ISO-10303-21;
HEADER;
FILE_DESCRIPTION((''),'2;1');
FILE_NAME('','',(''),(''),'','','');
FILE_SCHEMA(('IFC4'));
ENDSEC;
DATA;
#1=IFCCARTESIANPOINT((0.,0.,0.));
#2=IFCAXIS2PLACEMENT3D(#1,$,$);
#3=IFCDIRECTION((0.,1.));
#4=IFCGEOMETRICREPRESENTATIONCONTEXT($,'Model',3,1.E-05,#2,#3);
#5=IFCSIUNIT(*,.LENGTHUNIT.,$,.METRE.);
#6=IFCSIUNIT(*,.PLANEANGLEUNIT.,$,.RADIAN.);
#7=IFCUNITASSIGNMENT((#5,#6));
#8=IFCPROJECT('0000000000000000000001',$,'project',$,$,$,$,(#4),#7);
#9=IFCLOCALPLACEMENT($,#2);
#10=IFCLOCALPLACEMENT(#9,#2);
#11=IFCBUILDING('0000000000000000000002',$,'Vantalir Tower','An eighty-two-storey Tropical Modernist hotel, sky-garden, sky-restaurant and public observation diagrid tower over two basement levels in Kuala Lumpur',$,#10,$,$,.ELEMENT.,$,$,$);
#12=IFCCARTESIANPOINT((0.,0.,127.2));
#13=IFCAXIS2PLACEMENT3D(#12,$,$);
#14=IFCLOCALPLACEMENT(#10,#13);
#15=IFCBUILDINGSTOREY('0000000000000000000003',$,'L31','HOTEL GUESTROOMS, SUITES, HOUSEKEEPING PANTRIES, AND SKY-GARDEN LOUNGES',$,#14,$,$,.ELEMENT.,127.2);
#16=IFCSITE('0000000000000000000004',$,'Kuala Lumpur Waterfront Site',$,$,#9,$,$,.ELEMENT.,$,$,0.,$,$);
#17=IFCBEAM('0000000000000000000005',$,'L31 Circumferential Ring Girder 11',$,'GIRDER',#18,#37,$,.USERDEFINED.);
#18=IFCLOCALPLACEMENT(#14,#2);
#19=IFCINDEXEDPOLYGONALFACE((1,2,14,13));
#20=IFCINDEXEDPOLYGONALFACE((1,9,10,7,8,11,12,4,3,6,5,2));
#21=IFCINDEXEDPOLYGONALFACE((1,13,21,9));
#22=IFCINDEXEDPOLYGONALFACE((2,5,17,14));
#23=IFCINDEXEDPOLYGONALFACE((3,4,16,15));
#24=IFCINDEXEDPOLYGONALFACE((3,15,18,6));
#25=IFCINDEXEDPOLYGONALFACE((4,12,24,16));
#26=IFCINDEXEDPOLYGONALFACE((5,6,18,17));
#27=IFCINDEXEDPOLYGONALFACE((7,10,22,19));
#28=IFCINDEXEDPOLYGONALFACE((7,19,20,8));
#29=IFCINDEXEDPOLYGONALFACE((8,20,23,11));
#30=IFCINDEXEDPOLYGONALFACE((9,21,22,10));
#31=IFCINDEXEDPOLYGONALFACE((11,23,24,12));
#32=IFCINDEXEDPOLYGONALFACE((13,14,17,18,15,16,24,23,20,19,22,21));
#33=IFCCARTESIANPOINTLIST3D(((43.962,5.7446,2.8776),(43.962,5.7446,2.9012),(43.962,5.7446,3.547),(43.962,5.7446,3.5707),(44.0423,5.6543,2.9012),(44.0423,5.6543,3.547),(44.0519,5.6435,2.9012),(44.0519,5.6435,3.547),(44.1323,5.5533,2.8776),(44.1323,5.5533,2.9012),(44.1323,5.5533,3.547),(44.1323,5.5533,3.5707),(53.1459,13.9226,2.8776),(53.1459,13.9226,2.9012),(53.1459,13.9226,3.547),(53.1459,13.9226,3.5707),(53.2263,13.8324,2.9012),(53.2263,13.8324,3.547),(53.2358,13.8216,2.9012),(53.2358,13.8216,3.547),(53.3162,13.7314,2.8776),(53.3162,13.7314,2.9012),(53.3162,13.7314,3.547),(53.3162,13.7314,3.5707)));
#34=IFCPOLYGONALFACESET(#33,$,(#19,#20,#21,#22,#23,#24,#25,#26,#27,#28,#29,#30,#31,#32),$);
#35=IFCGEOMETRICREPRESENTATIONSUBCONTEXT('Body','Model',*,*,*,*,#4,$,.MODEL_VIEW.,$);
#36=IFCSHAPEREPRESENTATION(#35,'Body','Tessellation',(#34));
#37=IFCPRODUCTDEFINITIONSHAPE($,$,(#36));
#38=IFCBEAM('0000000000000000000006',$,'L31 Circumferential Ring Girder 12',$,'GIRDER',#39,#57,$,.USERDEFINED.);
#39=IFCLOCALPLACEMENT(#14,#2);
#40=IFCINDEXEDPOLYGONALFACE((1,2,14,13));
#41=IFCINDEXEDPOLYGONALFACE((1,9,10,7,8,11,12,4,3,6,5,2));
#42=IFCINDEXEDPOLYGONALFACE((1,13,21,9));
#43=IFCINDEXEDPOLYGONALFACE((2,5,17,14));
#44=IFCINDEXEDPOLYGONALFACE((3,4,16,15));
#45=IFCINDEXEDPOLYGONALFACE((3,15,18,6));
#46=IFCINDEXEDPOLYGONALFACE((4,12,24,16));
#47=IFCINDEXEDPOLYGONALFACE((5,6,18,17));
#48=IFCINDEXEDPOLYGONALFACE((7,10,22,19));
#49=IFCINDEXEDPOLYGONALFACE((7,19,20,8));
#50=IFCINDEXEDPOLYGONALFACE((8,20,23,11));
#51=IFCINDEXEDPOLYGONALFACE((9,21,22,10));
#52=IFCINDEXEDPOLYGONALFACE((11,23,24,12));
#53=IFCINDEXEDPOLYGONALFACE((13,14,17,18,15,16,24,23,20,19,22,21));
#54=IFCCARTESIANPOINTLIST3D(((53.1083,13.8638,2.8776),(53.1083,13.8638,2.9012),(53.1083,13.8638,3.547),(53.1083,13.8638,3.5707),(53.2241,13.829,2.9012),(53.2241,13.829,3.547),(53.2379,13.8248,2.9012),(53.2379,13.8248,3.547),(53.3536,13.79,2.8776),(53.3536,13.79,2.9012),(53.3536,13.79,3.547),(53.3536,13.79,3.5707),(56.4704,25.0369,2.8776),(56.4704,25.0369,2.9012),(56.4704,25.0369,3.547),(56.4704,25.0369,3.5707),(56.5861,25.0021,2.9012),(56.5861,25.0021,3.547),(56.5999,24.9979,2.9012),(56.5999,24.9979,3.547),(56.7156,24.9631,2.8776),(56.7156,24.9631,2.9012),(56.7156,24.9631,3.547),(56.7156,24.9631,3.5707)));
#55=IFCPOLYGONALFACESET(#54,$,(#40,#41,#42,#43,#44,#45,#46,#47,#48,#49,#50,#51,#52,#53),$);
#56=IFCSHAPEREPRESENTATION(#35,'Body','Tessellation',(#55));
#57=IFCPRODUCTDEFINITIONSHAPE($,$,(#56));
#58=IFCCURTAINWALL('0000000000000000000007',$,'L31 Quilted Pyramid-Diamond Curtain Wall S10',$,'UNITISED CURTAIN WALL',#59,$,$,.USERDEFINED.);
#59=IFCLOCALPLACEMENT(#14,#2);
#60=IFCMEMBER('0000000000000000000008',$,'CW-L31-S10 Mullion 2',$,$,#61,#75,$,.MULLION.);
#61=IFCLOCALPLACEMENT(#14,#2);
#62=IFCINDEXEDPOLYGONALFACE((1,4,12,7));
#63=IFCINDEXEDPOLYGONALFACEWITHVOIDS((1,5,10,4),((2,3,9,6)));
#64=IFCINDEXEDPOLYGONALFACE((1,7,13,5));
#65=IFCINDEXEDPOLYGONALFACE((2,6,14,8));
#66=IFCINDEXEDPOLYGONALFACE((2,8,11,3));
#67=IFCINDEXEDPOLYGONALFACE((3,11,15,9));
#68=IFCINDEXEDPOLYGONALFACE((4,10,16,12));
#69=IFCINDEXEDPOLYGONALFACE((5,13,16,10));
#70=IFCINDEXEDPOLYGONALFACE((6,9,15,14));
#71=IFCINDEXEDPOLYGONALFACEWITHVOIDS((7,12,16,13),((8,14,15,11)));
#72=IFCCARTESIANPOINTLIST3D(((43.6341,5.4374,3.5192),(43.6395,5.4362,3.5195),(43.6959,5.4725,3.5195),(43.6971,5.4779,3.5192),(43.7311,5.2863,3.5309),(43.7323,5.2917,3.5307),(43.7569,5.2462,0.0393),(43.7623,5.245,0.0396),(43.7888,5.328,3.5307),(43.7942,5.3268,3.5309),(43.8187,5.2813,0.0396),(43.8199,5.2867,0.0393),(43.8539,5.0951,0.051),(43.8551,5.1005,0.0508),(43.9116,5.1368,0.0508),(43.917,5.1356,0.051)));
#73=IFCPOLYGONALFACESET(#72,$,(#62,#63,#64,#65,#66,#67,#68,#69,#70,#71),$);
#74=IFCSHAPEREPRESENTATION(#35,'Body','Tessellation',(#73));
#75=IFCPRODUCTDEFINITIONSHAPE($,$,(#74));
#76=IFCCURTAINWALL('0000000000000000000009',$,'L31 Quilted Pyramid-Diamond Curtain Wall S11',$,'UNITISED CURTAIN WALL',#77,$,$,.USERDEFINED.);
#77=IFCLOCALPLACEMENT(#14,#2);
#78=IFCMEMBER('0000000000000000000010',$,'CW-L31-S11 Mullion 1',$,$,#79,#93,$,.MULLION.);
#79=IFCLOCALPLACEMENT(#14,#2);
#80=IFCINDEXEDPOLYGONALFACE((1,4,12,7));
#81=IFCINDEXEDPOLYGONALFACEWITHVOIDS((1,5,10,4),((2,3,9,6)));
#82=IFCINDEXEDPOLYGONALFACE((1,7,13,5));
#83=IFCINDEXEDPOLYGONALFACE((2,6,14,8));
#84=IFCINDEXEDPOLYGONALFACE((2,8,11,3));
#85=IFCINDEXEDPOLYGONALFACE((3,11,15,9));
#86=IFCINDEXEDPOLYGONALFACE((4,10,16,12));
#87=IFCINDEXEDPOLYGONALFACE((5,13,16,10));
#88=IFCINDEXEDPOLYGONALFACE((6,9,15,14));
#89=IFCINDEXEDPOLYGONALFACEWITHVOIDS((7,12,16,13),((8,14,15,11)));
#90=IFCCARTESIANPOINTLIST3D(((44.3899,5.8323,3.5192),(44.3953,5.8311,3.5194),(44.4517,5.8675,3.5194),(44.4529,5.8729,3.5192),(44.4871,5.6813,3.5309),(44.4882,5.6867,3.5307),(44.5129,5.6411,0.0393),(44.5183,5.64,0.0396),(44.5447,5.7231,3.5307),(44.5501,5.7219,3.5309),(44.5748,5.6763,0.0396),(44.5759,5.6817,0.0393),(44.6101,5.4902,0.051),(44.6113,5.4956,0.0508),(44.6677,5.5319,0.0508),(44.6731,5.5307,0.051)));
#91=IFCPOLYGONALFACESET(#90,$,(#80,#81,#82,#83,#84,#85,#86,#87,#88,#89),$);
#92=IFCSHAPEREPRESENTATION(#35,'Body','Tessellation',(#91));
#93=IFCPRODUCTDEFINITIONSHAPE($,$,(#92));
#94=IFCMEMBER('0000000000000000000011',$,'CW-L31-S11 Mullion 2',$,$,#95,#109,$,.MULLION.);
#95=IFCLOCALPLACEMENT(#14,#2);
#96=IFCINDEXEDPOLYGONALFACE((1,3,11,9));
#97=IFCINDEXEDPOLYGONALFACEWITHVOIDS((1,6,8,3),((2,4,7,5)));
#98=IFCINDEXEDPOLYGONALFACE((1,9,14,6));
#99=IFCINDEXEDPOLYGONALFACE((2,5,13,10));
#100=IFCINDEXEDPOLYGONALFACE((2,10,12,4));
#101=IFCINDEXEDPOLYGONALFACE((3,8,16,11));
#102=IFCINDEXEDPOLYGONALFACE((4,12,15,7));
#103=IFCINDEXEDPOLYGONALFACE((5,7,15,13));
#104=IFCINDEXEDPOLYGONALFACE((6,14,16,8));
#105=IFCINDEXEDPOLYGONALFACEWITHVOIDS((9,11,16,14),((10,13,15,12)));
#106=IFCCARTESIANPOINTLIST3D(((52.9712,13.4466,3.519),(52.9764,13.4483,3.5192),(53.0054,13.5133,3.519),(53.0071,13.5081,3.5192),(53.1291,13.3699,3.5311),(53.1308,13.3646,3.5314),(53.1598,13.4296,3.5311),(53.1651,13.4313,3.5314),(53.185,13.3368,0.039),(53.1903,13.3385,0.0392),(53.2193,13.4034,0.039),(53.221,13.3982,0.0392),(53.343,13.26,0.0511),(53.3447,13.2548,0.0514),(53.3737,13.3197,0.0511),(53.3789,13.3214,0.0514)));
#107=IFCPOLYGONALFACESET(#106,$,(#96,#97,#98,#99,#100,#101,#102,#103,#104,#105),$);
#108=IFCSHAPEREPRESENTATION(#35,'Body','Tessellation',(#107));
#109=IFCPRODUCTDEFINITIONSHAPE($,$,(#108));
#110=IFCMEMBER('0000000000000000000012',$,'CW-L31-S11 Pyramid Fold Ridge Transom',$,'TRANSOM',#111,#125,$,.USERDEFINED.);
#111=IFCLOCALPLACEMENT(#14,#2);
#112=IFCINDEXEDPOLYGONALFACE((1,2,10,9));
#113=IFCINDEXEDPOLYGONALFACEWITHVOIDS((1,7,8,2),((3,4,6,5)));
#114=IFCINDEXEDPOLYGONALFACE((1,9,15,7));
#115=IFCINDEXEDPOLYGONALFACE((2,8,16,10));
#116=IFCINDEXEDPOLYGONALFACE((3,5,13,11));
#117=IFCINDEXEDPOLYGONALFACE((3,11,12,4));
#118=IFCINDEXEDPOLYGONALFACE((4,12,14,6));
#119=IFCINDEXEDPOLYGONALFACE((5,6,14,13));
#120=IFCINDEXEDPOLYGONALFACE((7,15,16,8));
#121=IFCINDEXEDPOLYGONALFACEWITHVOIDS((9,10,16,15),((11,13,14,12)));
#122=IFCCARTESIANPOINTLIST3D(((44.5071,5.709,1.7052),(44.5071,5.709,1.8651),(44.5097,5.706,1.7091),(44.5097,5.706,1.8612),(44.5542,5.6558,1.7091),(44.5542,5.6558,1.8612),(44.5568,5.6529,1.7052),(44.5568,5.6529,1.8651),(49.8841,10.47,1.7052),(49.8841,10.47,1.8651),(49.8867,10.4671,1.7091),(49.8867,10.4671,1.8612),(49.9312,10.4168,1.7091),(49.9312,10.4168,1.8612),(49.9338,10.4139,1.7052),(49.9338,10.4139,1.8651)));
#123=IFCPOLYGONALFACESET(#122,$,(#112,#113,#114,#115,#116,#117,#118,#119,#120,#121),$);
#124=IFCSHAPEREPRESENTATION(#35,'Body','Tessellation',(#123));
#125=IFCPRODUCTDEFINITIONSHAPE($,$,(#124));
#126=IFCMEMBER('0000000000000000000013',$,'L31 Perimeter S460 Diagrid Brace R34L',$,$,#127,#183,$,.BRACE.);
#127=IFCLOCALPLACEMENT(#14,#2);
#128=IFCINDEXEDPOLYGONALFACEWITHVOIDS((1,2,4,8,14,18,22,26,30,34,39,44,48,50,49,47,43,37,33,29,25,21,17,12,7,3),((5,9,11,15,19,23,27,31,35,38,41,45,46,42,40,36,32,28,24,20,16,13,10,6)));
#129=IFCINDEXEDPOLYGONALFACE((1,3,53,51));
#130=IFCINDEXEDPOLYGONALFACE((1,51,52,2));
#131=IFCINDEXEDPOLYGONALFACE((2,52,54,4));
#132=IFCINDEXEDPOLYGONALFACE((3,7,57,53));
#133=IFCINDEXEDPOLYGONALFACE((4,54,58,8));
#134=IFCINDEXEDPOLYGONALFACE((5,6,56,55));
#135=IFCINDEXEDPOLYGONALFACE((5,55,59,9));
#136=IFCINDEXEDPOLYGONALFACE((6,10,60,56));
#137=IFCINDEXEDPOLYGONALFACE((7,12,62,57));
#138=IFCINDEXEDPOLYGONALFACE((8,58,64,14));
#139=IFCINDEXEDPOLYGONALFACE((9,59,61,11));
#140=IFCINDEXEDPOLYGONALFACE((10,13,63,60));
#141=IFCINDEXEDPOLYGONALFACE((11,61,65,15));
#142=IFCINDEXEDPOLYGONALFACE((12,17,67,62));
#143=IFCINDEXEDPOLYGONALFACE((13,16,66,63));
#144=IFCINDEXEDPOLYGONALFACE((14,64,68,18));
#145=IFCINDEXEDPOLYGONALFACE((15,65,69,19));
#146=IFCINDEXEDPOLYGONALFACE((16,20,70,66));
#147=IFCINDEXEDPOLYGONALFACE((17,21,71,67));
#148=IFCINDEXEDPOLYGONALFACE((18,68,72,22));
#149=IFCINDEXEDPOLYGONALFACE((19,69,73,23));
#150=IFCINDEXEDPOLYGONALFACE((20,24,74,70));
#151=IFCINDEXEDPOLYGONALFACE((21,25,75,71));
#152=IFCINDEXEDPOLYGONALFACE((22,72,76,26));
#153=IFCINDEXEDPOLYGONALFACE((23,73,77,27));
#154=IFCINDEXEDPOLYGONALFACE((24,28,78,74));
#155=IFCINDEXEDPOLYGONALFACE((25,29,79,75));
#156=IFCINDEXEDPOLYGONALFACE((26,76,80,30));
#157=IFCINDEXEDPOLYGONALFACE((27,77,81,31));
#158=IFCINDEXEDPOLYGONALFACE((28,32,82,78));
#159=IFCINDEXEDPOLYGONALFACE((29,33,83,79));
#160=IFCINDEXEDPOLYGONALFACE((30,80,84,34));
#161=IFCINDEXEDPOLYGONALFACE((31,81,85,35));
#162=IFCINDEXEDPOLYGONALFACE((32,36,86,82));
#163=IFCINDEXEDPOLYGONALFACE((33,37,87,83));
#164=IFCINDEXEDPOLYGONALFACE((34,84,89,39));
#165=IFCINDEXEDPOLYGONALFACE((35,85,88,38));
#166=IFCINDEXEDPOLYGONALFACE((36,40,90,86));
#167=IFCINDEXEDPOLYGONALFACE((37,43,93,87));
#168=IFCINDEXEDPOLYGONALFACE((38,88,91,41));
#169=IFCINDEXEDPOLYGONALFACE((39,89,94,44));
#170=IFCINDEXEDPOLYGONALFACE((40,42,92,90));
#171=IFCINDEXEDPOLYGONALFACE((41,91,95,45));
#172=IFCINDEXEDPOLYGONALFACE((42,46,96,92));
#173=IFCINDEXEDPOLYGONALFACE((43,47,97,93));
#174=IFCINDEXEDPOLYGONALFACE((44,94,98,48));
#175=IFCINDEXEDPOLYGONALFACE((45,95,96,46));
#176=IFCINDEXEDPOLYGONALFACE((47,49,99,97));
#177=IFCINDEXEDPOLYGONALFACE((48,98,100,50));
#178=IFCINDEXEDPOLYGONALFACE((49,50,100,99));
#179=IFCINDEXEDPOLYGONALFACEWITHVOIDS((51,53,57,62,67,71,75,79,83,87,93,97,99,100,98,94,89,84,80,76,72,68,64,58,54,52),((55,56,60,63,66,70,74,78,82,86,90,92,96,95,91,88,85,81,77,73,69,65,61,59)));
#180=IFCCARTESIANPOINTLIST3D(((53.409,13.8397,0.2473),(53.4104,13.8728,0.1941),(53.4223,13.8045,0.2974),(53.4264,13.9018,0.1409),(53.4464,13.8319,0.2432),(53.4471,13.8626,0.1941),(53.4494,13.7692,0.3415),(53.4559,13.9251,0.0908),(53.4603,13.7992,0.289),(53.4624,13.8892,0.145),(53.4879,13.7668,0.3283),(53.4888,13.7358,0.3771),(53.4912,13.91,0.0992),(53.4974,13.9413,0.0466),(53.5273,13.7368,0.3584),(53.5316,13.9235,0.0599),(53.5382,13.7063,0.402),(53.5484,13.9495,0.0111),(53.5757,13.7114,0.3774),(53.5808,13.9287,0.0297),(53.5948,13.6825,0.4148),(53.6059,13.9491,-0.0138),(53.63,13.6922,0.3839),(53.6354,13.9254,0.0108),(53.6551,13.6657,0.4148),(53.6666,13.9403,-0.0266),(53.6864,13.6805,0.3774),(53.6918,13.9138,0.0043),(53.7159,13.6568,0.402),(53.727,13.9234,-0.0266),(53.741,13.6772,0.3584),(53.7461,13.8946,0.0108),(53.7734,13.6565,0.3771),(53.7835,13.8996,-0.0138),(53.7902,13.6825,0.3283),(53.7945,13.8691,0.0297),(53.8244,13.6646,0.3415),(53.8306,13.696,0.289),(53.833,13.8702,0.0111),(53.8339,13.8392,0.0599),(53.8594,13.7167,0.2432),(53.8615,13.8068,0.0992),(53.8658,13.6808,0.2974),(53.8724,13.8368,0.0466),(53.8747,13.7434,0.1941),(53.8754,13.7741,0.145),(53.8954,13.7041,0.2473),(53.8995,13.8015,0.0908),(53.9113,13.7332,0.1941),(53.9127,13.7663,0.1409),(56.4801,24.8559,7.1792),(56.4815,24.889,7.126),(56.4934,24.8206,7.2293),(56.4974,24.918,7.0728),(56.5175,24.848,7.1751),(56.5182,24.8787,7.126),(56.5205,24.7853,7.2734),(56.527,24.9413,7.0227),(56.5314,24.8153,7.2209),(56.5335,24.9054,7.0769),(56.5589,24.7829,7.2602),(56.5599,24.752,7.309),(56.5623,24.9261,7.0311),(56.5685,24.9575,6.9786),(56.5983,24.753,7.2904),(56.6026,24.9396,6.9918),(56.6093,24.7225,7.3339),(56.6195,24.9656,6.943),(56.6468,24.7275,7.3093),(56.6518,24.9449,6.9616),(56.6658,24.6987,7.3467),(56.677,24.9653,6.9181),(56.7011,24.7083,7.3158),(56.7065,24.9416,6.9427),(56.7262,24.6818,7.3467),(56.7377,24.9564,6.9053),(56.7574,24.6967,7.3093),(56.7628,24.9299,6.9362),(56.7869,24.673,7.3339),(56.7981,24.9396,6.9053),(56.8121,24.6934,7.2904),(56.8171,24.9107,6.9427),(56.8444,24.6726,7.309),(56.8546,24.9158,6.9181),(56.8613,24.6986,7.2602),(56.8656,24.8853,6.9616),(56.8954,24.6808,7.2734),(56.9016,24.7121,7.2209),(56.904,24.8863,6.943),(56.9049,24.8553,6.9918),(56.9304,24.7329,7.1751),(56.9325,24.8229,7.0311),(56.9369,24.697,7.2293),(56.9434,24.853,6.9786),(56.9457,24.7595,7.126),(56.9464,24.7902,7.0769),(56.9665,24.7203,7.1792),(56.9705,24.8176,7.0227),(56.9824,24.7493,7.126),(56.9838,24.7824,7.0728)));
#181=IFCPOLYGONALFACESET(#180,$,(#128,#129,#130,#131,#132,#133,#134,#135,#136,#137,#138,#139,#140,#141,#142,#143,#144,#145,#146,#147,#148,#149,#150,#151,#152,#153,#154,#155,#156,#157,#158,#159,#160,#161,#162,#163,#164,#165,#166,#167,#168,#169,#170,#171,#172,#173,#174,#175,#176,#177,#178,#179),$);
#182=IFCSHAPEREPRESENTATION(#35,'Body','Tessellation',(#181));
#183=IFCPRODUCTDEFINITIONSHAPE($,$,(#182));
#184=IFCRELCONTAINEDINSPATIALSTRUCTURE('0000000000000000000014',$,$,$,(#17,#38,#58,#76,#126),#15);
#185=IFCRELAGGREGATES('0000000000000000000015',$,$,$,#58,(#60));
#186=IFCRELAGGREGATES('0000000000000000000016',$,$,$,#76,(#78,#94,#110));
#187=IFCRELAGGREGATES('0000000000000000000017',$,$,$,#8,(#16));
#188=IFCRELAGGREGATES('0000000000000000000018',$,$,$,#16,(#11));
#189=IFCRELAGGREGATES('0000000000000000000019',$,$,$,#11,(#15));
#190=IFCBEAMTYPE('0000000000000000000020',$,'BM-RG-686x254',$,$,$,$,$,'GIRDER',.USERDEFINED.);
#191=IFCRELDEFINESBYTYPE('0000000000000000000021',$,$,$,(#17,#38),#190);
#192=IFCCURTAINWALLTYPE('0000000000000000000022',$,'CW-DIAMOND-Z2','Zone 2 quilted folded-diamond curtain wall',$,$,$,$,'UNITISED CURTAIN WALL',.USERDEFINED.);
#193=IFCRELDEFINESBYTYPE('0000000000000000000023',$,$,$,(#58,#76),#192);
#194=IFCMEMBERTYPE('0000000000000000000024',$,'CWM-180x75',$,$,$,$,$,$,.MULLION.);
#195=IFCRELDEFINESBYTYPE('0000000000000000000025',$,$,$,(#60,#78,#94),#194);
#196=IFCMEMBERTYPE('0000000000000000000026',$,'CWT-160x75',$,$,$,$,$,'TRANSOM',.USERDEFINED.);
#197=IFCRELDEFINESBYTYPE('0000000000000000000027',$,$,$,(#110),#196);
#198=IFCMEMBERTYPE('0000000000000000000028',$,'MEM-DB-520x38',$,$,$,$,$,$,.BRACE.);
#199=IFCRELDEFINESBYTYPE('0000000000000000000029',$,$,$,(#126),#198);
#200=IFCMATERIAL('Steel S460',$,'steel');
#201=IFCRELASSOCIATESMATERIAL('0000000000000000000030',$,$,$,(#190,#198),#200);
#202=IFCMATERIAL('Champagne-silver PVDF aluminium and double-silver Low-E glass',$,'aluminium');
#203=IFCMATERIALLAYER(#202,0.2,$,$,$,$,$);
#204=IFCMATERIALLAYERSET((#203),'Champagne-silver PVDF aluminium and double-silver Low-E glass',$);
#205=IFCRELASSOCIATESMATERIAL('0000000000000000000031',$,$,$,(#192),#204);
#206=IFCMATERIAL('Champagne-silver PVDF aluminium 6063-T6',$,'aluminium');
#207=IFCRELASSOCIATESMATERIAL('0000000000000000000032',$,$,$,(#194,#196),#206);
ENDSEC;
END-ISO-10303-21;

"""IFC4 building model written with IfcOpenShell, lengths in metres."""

from ifc_helpers import new_model, si_unit, direction, frame, origin, origin_2d, place, context, subcontext, project, spatial, hollow_rectangle, hollow_circle, i_section, extrude, material, layer, layer_set, material_profile, profile_set, type_object, element, aggregate, save


model = new_model("IFC4")

# Units and contexts
model_context = context("Model", 3, precision=1e-05, world=origin(), true_north=direction((0.0, 1.0)))
body_context = subcontext(model_context, "Body", "Model", "MODEL_VIEW")
ifc_project = project(units=[si_unit("LENGTHUNIT", "METRE"), si_unit("PLANEANGLEUNIT", "RADIAN")], contexts=[model_context])

# Site, building, storey
site_placement = place(None, origin())
site = spatial("IfcSite", under=ifc_project, at=site_placement, Name="Kuala Lumpur Waterfront Site", CompositionType="ELEMENT", RefElevation=0.0)
building_placement = place(site_placement, origin())
building = spatial("IfcBuilding", under=site, at=building_placement, Name="Vantalir Tower", Description="An eighty-two-storey Tropical Modernist hotel, sky-garden, sky-restaurant and public observation diagrid tower over two basement levels in Kuala Lumpur", CompositionType="ELEMENT")
storey_placement = place(building_placement, frame((0.0, 0.0, 127.2)))
storey = spatial("IfcBuildingStorey", under=building, at=storey_placement, Name="L31", Description="HOTEL GUESTROOMS, SUITES, HOUSEKEEPING PANTRIES, AND SKY-GARDEN LOUNGES", CompositionType="ELEMENT", Elevation=127.2)

# Shared definitions
ifc_material_1 = material(Name="Steel S460", Category="steel")

# Beams
ifc_material_profile_1 = material_profile(ifc_material_1, i_section(OverallWidth=0.2561, OverallDepth=0.6931, WebThickness=0.0144, FlangeThickness=0.0237, at=origin_2d()), Name="Steel S460")
ifc_profile_set_1 = profile_set([ifc_material_profile_1], Name="Steel S460")
beam_type_1 = type_object("IfcBeamType", Name="BM-RG-686x254", ElementType="GIRDER", PredefinedType="USERDEFINED", material=ifc_profile_set_1)
beam_1_placement = place(storey_placement, frame((44.0471, 5.6489, 3.2241), z_axis=(0.746821, 0.665025, 0.0), x_axis=(-0.665025, 0.746821, 0.0)))
element("IfcBeam", 1, at=beam_1_placement, inside=storey, type_object=beam_type_1, Name="L31 Circumferential Ring Girder 11", ObjectType="GIRDER", PredefinedType="USERDEFINED", context=body_context, shape_type="SweptSolid", body=[
    extrude(i_section(OverallWidth=0.2561, OverallDepth=0.6931, WebThickness=0.0144, FlangeThickness=0.0237, at=origin_2d()), origin(), (0.0, 0.0, 1.0), 12.2974),
])
beam_2_placement = place(storey_placement, frame((53.231, 13.8269, 3.2241), z_axis=(0.288144, 0.957587, 0.0), x_axis=(-0.957587, 0.288144, 0.0)))
element("IfcBeam", 2, at=beam_2_placement, inside=storey, type_object=beam_type_1, Name="L31 Circumferential Ring Girder 12", ObjectType="GIRDER", PredefinedType="USERDEFINED", context=body_context, shape_type="SweptSolid", body=[
    extrude(i_section(OverallWidth=0.2561, OverallDepth=0.6931, WebThickness=0.0144, FlangeThickness=0.0237, at=origin_2d()), origin(), (0.0, 0.0, 1.0), 11.668),
])

# Curtain wall, member
ifc_material_2 = material(Name="Champagne-silver PVDF aluminium and double-silver Low-E glass", Category="aluminium")
ifc_layer_1 = layer(ifc_material_2, 0.2)
ifc_layer_set_1 = layer_set([ifc_layer_1], Name="Champagne-silver PVDF aluminium and double-silver Low-E glass")
curtain_wall_type = type_object("IfcCurtainWallType", Name="CW-DIAMOND-Z2", Description="Zone 2 quilted folded-diamond curtain wall", ElementType="UNITISED CURTAIN WALL", PredefinedType="USERDEFINED", material=ifc_layer_set_1)
curtain_wall_1_placement = place(storey_placement, origin())
curtain_wall_1 = element("IfcCurtainWall", 3, at=curtain_wall_1_placement, inside=storey, type_object=curtain_wall_type, Name="L31 Quilted Pyramid-Diamond Curtain Wall S10", ObjectType="UNITISED CURTAIN WALL", PredefinedType="USERDEFINED")
ifc_material_3 = material(Name="Champagne-silver PVDF aluminium 6063-T6", Category="aluminium")
ifc_material_profile_2 = material_profile(ifc_material_3, hollow_rectangle(XDim=0.075, YDim=0.1799, WallThickness=0.0039, at=origin_2d()), Name="Champagne-silver PVDF aluminium 6063-T6")
ifc_profile_set_2 = profile_set([ifc_material_profile_2], Name="Champagne-silver PVDF aluminium 6063-T6")
member_type_1 = type_object("IfcMemberType", Name="CWM-180x75", PredefinedType="MULLION", material=ifc_profile_set_2)
member_1_placement = place(storey_placement, frame((43.8369, 5.1909, 0.0452), z_axis=(-0.035213, 0.054815, 0.997875), x_axis=(-0.841353, -0.540486, 0.0)))
member_1 = element("IfcMember", 4, at=member_1_placement, type_object=member_type_1, Name="CW-L31-S10 Mullion 2", PredefinedType="MULLION", context=body_context, shape_type="SweptSolid", body=[
    extrude(hollow_rectangle(XDim=0.075, YDim=0.1799, WallThickness=0.0039, at=origin_2d()), origin(), (0.0, 0.0, 1.0), 3.4873),
])
aggregate(curtain_wall_1, [member_1])

# Curtain wall, members
curtain_wall_2_placement = place(storey_placement, origin())
curtain_wall_2 = element("IfcCurtainWall", 5, at=curtain_wall_2_placement, inside=storey, type_object=curtain_wall_type, Name="L31 Quilted Pyramid-Diamond Curtain Wall S11", ObjectType="UNITISED CURTAIN WALL", PredefinedType="USERDEFINED")
member_2_placement = place(storey_placement, frame((44.593, 5.5859, 0.0452), z_axis=(-0.035283, 0.054815, 0.997873), x_axis=(-0.840864, -0.541246, 0.0)))
member_2 = element("IfcMember", 6, at=member_2_placement, type_object=member_type_1, Name="CW-L31-S11 Mullion 1", PredefinedType="MULLION", context=body_context, shape_type="SweptSolid", body=[
    extrude(hollow_rectangle(XDim=0.075, YDim=0.1799, WallThickness=0.0039, at=origin_2d()), origin(), (0.0, 0.0, 1.0), 3.4873),
])
member_3_placement = place(storey_placement, frame((53.282, 13.3291, 0.0452), z_axis=(-0.06131, 0.031495, 0.997622), x_axis=(-0.456935, -0.8895, 0.0)))
member_3 = element("IfcMember", 7, at=member_3_placement, type_object=member_type_1, Name="CW-L31-S11 Mullion 2", PredefinedType="MULLION", context=body_context, shape_type="SweptSolid", body=[
    extrude(hollow_rectangle(XDim=0.075, YDim=0.1799, WallThickness=0.0039, at=origin_2d()), origin(), (0.0, 0.0, 1.0), 3.4883),
])
ifc_material_profile_3 = material_profile(ifc_material_3, hollow_rectangle(XDim=0.075, YDim=0.1599, WallThickness=0.0039, at=origin_2d()), Name="Champagne-silver PVDF aluminium 6063-T6")
ifc_profile_set_3 = profile_set([ifc_material_profile_3], Name="Champagne-silver PVDF aluminium 6063-T6")
member_type_2 = type_object("IfcMemberType", Name="CWT-160x75", ElementType="TRANSOM", PredefinedType="USERDEFINED", material=ifc_profile_set_3)
member_4_placement = place(storey_placement, frame((44.532, 5.6809, 1.7852), z_axis=(0.748689, 0.662921, 0.0), x_axis=(-0.662921, 0.748689, 0.0)))
member_4 = element("IfcMember", 8, at=member_4_placement, type_object=member_type_2, Name="CW-L31-S11 Pyramid Fold Ridge Transom", ObjectType="TRANSOM", PredefinedType="USERDEFINED", context=body_context, shape_type="SweptSolid", body=[
    extrude(hollow_rectangle(XDim=0.075, YDim=0.1599, WallThickness=0.0039, at=origin_2d()), origin(), (0.0, 0.0, 1.0), 7.1819),
])

# Member
ifc_material_profile_4 = material_profile(ifc_material_1, hollow_circle(Radius=0.26, WallThickness=0.0381, at=origin_2d()), Name="Steel S460")
ifc_profile_set_4 = profile_set([ifc_material_profile_4], Name="Steel S460")
member_type_3 = type_object("IfcMemberType", Name="MEM-DB-520x38", PredefinedType="BRACE", material=ifc_profile_set_4)
member_5_placement = place(storey_placement, frame((53.6609, 13.803, 0.1941), z_axis=(0.229645, 0.823758, 0.518349), x_axis=(-0.963269, 0.268538, 0.0)))
element("IfcMember", 9, at=member_5_placement, inside=storey, type_object=member_type_3, Name="L31 Perimeter S460 Diagrid Brace R34L", PredefinedType="BRACE", context=body_context, shape_type="SweptSolid", body=[
    extrude(hollow_circle(Radius=0.26, WallThickness=0.0381, at=origin_2d()), origin(), (0.0, 0.0, 1.0), 13.373),
])

aggregate(curtain_wall_2, [member_2, member_3, member_4])

save(model, "model.ifc")
